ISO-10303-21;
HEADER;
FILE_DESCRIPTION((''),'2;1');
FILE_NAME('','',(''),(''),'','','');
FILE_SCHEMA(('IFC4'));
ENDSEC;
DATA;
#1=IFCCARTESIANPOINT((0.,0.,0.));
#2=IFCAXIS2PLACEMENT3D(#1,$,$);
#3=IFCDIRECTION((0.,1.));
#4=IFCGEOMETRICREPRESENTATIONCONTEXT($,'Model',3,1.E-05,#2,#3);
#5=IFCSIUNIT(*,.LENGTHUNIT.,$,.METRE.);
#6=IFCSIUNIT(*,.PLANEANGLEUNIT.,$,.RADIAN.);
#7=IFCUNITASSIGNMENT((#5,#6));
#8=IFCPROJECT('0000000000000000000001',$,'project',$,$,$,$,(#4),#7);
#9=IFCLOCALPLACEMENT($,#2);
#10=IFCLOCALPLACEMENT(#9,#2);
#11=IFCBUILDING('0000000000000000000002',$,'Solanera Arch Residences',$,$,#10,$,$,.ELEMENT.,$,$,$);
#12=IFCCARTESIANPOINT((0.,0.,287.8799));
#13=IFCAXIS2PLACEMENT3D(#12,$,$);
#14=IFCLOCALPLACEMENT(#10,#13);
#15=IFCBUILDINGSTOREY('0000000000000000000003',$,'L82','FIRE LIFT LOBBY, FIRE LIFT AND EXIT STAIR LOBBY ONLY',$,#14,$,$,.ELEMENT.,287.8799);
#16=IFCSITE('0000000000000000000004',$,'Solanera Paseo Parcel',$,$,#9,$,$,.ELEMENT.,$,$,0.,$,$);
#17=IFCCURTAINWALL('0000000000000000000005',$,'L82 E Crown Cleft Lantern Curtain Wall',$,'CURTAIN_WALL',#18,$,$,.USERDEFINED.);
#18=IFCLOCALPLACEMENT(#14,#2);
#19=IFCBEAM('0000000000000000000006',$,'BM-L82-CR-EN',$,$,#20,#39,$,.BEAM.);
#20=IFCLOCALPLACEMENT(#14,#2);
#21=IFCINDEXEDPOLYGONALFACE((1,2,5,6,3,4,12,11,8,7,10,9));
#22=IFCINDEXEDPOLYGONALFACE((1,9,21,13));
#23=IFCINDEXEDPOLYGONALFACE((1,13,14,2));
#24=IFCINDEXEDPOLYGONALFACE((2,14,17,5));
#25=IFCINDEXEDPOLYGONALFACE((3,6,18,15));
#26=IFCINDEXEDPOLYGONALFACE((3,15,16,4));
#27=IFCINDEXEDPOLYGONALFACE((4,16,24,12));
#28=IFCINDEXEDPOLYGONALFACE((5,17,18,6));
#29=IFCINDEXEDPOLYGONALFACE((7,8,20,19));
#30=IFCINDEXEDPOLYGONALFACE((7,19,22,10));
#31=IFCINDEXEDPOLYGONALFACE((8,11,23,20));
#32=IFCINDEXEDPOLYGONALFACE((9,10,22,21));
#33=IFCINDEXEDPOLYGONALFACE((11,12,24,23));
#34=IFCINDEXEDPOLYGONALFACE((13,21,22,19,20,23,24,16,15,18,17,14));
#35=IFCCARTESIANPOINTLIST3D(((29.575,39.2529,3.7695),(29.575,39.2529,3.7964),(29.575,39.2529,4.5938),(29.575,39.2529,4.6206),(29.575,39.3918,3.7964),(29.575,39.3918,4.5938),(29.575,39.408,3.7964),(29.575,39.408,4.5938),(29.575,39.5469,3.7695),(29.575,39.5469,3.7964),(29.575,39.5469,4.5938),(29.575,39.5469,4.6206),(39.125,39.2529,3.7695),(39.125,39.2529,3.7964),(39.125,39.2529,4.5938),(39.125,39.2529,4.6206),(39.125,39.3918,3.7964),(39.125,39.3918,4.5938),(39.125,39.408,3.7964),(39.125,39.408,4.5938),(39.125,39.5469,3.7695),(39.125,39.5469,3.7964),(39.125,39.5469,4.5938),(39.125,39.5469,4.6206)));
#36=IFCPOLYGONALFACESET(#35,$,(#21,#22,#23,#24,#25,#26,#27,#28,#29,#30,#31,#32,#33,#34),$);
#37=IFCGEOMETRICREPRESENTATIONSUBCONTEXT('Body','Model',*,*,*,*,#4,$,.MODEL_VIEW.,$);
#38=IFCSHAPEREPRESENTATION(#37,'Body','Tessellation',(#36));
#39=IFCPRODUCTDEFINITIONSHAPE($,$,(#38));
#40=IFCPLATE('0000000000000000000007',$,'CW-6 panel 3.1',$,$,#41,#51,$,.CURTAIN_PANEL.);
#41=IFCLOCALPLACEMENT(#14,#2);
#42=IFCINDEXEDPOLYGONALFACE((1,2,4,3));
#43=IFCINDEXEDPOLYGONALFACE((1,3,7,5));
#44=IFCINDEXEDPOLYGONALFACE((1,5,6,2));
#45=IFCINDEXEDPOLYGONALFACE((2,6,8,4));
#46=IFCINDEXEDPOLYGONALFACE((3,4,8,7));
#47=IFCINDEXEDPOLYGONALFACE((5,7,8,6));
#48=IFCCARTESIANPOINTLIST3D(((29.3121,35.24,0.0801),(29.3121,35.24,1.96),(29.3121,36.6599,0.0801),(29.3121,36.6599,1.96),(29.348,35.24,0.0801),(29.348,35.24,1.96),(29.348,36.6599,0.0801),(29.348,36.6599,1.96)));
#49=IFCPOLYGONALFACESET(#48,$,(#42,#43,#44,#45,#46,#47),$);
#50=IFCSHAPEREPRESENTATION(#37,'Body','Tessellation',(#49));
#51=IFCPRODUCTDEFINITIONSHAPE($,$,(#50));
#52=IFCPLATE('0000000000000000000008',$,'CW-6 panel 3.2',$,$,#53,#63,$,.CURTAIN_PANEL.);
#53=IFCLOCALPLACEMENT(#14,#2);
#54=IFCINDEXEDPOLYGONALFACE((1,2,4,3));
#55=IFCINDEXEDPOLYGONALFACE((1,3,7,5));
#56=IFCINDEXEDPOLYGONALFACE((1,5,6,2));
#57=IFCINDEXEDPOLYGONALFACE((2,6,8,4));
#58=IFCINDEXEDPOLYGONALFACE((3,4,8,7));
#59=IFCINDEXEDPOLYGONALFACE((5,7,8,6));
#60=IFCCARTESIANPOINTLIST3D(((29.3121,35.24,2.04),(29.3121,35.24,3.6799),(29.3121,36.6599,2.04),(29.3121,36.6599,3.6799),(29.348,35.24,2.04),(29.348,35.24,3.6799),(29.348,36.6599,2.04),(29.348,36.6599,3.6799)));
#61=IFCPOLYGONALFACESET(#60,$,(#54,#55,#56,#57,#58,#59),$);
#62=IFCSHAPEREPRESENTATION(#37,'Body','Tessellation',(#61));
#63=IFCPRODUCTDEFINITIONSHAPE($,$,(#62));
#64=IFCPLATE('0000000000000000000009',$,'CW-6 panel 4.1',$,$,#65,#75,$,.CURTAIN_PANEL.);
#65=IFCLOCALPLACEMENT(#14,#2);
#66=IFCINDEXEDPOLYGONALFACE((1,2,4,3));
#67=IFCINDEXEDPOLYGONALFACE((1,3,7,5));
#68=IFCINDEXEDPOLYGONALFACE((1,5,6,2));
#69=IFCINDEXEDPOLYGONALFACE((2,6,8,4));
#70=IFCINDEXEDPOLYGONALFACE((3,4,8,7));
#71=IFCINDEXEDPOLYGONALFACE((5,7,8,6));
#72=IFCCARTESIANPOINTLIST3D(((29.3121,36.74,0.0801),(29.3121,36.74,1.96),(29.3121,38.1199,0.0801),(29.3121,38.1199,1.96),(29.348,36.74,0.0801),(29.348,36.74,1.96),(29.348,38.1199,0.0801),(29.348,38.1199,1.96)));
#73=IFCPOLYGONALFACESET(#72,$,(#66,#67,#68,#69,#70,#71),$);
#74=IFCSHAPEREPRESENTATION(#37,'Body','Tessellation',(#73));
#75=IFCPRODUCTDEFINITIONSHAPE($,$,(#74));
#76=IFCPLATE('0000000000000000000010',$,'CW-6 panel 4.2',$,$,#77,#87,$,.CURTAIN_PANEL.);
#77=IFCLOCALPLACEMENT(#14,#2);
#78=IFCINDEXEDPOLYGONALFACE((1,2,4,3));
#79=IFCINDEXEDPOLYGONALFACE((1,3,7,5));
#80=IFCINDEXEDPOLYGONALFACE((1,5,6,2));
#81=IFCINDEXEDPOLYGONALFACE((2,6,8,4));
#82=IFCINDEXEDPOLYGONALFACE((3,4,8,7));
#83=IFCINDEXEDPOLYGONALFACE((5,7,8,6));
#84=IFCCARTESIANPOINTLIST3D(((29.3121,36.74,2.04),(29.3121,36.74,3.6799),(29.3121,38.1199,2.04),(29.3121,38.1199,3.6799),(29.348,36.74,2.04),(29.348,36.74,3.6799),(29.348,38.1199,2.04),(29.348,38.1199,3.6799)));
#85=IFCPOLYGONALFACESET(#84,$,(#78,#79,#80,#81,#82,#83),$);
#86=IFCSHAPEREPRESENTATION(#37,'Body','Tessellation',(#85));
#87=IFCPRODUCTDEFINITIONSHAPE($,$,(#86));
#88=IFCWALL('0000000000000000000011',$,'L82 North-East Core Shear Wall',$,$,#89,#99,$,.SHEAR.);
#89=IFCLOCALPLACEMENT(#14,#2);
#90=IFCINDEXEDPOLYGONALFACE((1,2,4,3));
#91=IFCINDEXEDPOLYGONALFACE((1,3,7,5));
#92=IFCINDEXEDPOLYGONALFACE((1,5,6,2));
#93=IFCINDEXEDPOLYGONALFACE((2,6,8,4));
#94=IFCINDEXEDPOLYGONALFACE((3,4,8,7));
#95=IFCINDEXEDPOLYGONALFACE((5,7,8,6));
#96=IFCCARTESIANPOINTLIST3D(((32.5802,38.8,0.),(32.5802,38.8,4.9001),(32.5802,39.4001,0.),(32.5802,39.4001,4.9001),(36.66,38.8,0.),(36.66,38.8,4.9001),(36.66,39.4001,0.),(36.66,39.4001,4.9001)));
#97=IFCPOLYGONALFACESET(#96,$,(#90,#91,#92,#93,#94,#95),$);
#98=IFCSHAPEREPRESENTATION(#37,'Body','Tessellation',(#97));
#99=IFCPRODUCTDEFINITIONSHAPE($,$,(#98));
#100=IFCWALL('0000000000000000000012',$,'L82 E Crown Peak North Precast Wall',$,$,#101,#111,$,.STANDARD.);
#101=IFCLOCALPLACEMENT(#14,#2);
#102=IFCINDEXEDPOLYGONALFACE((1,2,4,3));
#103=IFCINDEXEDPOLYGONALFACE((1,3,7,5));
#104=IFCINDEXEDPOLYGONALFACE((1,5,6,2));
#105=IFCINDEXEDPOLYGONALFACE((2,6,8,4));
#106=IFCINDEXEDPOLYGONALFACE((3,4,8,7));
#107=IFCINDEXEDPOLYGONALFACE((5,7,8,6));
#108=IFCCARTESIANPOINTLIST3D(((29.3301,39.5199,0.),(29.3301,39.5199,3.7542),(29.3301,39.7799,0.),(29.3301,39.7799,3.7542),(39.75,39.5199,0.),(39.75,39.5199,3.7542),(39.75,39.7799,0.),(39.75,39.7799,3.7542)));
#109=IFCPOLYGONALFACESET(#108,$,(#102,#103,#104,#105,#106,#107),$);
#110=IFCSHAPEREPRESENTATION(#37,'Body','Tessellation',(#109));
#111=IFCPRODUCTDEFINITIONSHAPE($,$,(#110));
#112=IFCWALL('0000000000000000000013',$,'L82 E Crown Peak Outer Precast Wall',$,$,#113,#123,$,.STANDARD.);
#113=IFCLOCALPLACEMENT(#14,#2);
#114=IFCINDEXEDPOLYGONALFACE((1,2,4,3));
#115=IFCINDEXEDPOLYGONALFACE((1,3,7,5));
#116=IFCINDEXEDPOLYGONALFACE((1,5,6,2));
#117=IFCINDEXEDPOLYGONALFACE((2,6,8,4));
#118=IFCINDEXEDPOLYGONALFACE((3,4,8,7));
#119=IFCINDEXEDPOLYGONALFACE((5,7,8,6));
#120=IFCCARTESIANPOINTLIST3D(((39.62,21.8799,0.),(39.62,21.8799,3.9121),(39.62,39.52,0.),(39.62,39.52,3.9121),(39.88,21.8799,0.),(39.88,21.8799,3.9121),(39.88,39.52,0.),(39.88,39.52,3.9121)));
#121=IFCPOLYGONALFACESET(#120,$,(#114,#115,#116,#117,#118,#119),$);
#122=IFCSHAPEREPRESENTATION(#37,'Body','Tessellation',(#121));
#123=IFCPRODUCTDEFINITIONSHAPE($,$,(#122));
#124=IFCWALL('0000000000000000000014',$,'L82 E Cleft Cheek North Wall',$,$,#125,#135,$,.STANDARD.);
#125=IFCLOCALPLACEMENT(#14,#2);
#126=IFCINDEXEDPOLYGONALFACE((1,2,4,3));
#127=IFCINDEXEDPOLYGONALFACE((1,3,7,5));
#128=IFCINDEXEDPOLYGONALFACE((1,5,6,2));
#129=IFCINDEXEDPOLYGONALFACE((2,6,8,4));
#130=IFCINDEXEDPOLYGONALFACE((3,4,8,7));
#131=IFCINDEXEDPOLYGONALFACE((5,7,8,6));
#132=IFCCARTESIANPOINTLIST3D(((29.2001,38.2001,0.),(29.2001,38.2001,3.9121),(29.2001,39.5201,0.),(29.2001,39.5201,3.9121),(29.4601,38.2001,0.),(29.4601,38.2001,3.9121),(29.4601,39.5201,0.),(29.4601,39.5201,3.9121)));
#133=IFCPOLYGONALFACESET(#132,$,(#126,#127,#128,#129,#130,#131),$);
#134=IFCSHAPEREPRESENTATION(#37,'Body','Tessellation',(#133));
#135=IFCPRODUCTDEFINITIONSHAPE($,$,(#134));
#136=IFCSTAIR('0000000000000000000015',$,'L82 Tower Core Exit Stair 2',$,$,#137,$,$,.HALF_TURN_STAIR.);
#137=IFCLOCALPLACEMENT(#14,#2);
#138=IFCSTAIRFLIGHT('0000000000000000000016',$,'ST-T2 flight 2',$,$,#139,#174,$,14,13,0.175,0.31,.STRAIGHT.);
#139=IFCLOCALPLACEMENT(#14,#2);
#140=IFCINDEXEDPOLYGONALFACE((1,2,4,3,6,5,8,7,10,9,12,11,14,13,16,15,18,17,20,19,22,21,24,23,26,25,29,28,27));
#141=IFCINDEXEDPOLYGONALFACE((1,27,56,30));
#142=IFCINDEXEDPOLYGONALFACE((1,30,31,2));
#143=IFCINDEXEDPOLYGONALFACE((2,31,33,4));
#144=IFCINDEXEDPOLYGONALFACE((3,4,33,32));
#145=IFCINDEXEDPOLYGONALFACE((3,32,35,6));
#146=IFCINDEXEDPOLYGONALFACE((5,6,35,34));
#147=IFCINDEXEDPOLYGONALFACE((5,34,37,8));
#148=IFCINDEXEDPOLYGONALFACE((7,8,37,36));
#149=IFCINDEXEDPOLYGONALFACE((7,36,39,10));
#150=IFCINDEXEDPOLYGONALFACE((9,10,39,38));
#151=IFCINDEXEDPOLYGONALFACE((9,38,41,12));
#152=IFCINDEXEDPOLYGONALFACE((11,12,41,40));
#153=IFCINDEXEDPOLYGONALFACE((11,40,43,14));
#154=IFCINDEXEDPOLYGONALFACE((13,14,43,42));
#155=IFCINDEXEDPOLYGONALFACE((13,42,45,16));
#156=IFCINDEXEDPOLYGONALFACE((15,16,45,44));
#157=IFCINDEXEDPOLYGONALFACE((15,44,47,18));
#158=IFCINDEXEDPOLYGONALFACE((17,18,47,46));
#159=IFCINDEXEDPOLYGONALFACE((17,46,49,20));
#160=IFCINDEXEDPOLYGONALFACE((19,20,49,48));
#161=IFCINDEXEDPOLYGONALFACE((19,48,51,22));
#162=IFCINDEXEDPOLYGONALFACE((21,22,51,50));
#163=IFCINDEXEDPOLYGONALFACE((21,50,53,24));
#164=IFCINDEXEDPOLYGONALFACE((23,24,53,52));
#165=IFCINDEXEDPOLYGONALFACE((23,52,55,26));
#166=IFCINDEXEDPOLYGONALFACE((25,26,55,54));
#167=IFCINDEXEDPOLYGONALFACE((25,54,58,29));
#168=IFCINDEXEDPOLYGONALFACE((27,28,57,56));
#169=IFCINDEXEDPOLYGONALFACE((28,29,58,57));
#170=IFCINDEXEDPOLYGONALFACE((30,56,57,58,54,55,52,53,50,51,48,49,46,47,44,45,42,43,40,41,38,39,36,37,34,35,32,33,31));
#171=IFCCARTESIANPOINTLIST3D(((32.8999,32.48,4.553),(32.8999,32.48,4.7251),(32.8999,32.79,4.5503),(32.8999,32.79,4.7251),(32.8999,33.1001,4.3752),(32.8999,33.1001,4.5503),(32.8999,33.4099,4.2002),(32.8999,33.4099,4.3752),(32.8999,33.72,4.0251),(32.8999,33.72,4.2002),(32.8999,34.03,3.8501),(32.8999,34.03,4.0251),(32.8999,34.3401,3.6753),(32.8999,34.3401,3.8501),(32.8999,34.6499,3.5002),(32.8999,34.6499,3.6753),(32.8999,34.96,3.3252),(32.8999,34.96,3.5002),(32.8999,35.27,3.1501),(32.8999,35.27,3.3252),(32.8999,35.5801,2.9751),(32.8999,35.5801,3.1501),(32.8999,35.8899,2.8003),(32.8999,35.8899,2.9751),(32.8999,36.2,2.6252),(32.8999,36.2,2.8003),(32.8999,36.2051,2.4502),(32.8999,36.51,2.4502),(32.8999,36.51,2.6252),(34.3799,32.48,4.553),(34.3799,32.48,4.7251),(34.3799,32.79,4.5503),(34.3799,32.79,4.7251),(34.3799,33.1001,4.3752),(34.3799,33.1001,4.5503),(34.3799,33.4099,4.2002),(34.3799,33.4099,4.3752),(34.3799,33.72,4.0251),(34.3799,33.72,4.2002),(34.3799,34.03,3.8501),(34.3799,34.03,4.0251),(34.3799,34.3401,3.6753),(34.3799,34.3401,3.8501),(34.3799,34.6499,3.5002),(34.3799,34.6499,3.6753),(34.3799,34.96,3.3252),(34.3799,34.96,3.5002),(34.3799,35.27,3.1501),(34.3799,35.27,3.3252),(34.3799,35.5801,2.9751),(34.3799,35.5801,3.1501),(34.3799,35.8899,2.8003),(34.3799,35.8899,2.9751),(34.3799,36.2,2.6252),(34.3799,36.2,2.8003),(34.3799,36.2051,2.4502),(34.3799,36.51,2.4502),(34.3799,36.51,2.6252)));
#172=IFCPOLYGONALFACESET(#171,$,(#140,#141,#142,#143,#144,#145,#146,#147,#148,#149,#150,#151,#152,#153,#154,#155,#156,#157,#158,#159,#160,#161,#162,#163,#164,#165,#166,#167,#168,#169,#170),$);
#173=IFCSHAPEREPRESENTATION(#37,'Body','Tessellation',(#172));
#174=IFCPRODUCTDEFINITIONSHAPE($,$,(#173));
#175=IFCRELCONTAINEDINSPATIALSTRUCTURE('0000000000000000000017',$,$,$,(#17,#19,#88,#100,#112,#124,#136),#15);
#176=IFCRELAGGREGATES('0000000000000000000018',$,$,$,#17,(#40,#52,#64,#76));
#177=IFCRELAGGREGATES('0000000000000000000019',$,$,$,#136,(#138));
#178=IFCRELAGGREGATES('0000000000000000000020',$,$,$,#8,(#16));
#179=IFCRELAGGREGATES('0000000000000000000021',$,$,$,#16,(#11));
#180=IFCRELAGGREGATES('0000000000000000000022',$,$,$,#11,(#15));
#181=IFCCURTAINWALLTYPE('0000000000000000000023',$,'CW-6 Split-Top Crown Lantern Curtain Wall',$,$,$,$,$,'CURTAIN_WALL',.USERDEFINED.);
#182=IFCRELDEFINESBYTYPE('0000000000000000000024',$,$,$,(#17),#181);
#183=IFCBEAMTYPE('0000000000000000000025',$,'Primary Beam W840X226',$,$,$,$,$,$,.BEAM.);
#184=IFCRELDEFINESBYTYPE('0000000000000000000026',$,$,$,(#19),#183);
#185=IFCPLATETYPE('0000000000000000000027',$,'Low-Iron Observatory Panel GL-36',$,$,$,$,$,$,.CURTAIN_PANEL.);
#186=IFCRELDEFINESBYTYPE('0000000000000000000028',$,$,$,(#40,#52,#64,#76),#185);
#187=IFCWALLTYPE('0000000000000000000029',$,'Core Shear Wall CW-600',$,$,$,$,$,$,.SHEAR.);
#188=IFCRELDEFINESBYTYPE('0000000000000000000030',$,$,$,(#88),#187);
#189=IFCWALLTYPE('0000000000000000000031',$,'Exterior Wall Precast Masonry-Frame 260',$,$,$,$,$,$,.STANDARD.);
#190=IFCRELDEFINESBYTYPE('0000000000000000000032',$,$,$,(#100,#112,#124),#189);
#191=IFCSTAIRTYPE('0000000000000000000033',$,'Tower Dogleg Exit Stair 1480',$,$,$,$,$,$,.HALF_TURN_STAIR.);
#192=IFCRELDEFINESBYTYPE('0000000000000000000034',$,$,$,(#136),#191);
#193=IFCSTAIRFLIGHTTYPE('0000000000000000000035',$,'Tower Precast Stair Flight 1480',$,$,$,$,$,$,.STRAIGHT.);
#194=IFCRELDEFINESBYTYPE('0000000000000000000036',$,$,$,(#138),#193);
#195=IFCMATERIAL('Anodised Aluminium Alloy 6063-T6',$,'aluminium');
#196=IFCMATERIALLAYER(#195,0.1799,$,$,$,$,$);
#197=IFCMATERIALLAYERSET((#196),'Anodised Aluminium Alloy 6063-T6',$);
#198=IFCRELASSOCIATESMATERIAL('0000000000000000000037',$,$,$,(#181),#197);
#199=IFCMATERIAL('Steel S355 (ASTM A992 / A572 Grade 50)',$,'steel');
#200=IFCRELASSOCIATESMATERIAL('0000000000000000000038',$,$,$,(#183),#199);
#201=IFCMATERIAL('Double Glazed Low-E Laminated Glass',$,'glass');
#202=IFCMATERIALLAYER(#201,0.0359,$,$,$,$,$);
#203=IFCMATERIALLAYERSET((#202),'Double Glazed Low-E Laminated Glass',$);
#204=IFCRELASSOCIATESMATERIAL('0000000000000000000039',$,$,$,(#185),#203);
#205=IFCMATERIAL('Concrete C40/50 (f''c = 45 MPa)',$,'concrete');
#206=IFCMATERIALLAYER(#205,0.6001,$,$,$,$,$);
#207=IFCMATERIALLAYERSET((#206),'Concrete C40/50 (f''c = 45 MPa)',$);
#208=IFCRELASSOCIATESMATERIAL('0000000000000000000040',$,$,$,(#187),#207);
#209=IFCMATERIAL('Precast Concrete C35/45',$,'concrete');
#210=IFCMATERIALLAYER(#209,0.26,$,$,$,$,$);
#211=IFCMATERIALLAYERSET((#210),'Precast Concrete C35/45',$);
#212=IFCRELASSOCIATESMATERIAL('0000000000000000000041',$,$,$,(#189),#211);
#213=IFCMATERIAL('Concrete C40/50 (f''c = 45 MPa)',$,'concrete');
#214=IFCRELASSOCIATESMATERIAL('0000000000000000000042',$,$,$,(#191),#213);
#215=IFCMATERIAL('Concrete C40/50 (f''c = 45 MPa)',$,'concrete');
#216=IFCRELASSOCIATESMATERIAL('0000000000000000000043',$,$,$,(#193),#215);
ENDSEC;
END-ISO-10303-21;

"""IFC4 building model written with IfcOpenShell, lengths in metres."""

from ifc_helpers import new_model, si_unit, direction, frame, frame_2d, origin, origin_2d, place, context, subcontext, project, spatial, polyline, rectangle, i_section, outline, extrude, material, layer, layer_set, material_profile, profile_set, type_object, element, aggregate, save


model = new_model("IFC4")

# Units and contexts
model_context = context("Model", 3, precision=1e-05, world=origin(), true_north=direction((0.0, 1.0)))
body_context = subcontext(model_context, "Body", "Model", "MODEL_VIEW")
ifc_project = project(units=[si_unit("LENGTHUNIT", "METRE"), si_unit("PLANEANGLEUNIT", "RADIAN")], contexts=[model_context])

# Site, building, storey
site_placement = place(None, origin())
site = spatial("IfcSite", under=ifc_project, at=site_placement, Name="Solanera Paseo Parcel", CompositionType="ELEMENT", RefElevation=0.0)
building_placement = place(site_placement, origin())
building = spatial("IfcBuilding", under=site, at=building_placement, Name="Solanera Arch Residences", CompositionType="ELEMENT")
storey_placement = place(building_placement, frame((0.0, 0.0, 287.8799)))
storey = spatial("IfcBuildingStorey", under=building, at=storey_placement, Name="L82", Description="FIRE LIFT LOBBY, FIRE LIFT AND EXIT STAIR LOBBY ONLY", CompositionType="ELEMENT", Elevation=287.8799)

# Curtain wall
ifc_material_1 = material(Name="Anodised Aluminium Alloy 6063-T6", Category="aluminium")
ifc_layer_1 = layer(ifc_material_1, 0.1799)
ifc_layer_set_1 = layer_set([ifc_layer_1], Name="Anodised Aluminium Alloy 6063-T6")
curtain_wall_type = type_object("IfcCurtainWallType", Name="CW-6 Split-Top Crown Lantern Curtain Wall", ElementType="CURTAIN_WALL", PredefinedType="USERDEFINED", material=ifc_layer_set_1)
curtain_wall_placement = place(storey_placement, origin())
curtain_wall = element("IfcCurtainWall", 1, at=curtain_wall_placement, inside=storey, type_object=curtain_wall_type, Name="L82 E Crown Cleft Lantern Curtain Wall", ObjectType="CURTAIN_WALL", PredefinedType="USERDEFINED")

# Beam
ifc_material_2 = material(Name="Steel S355 (ASTM A992 / A572 Grade 50)", Category="steel")
ifc_material_profile_1 = material_profile(ifc_material_2, i_section(OverallWidth=0.2939, OverallDepth=0.8511, WebThickness=0.0161, FlangeThickness=0.0269, at=origin_2d()))
ifc_profile_set_1 = profile_set([ifc_material_profile_1], Name="Steel S355 (ASTM A992 / A572 Grade 50)")
beam_type = type_object("IfcBeamType", Name="Primary Beam W840X226", PredefinedType="BEAM", material=ifc_profile_set_1)
beam_placement = place(storey_placement, frame((29.575, 39.3999, 4.1951), z_axis=(1.0, 0.0, 0.0), x_axis=(0.0, 1.0, 0.0)))
element("IfcBeam", 2, at=beam_placement, inside=storey, type_object=beam_type, Name="BM-L82-CR-EN", PredefinedType="BEAM", context=body_context, shape_type="SweptSolid", body=[
    extrude(i_section(OverallWidth=0.2939, OverallDepth=0.8511, WebThickness=0.0161, FlangeThickness=0.0269, at=origin_2d()), origin(), (0.0, 0.0, 1.0), 9.55),
])

# Plates
ifc_material_3 = material(Name="Double Glazed Low-E Laminated Glass", Category="glass")
ifc_layer_2 = layer(ifc_material_3, 0.0359)
ifc_layer_set_2 = layer_set([ifc_layer_2], Name="Double Glazed Low-E Laminated Glass")
plate_type = type_object("IfcPlateType", Name="Low-Iron Observatory Panel GL-36", PredefinedType="CURTAIN_PANEL", material=ifc_layer_set_2)
plate_1_placement = place(storey_placement, frame((29.3301, 35.95, 0.0801), z_axis=(0.0, 0.0, 1.0), x_axis=(0.0, 1.0, 0.0)))
plate_1 = element("IfcPlate", 3, at=plate_1_placement, type_object=plate_type, Name="CW-6 panel 3.1", PredefinedType="CURTAIN_PANEL", context=body_context, shape_type="SweptSolid", body=[
    extrude(rectangle(XDim=1.4199, YDim=0.0359, at=origin_2d()), origin(), (0.0, 0.0, 1.0), 1.8799),
])
plate_2_placement = place(storey_placement, frame((29.3301, 35.95, 2.04), z_axis=(0.0, 0.0, 1.0), x_axis=(0.0, 1.0, 0.0)))
plate_2 = element("IfcPlate", 4, at=plate_2_placement, type_object=plate_type, Name="CW-6 panel 3.2", PredefinedType="CURTAIN_PANEL", context=body_context, shape_type="SweptSolid", body=[
    extrude(rectangle(XDim=1.4199, YDim=0.0359, at=origin_2d()), origin(), (0.0, 0.0, 1.0), 1.6399),
])
plate_3_placement = place(storey_placement, frame((29.3301, 37.4299, 0.0801), z_axis=(0.0, 0.0, 1.0), x_axis=(0.0, 1.0, 0.0)))
plate_3 = element("IfcPlate", 5, at=plate_3_placement, type_object=plate_type, Name="CW-6 panel 4.1", PredefinedType="CURTAIN_PANEL", context=body_context, shape_type="SweptSolid", body=[
    extrude(rectangle(XDim=1.3799, YDim=0.0359, at=origin_2d()), origin(), (0.0, 0.0, 1.0), 1.8799),
])
plate_4_placement = place(storey_placement, frame((29.3301, 37.4299, 2.04), z_axis=(0.0, 0.0, 1.0), x_axis=(0.0, 1.0, 0.0)))
plate_4 = element("IfcPlate", 6, at=plate_4_placement, type_object=plate_type, Name="CW-6 panel 4.2", PredefinedType="CURTAIN_PANEL", context=body_context, shape_type="SweptSolid", body=[
    extrude(rectangle(XDim=1.3799, YDim=0.0359, at=origin_2d()), origin(), (0.0, 0.0, 1.0), 1.6399),
])
aggregate(curtain_wall, [plate_1, plate_2, plate_3, plate_4])

# Walls
ifc_material_4 = material(Name="Concrete C40/50 (f'c = 45 MPa)", Category="concrete")
ifc_layer_3 = layer(ifc_material_4, 0.6001)
ifc_layer_set_3 = layer_set([ifc_layer_3], Name="Concrete C40/50 (f'c = 45 MPa)")
wall_type_1 = type_object("IfcWallType", Name="Core Shear Wall CW-600", PredefinedType="SHEAR", material=ifc_layer_set_3)
wall_1_placement = place(storey_placement, frame((32.5801, 39.1001, 0.0), z_axis=(0.0, 0.0, 1.0), x_axis=(1.0, 0.0, 0.0)))
element("IfcWall", 7, at=wall_1_placement, inside=storey, type_object=wall_type_1, Name="L82 North-East Core Shear Wall", PredefinedType="SHEAR", context=body_context, shape_type="SweptSolid", body=[
    extrude(rectangle(XDim=4.0798, YDim=0.6001, at=frame_2d((2.04, 0.0))), origin(), (0.0, 0.0, 1.0), 4.9001),
])
ifc_material_5 = material(Name="Precast Concrete C35/45", Category="concrete")
ifc_layer_4 = layer(ifc_material_5, 0.26)
ifc_layer_set_4 = layer_set([ifc_layer_4], Name="Precast Concrete C35/45")
wall_type_2 = type_object("IfcWallType", Name="Exterior Wall Precast Masonry-Frame 260", PredefinedType="STANDARD", material=ifc_layer_set_4)
wall_2_placement = place(storey_placement, frame((29.3301, 39.6499, 0.0), z_axis=(0.0, 0.0, 1.0), x_axis=(1.0, 0.0, 0.0)))
element("IfcWall", 8, at=wall_2_placement, inside=storey, type_object=wall_type_2, Name="L82 E Crown Peak North Precast Wall", PredefinedType="STANDARD", context=body_context, shape_type="SweptSolid", body=[
    extrude(rectangle(XDim=10.4199, YDim=0.26, at=frame_2d((5.21, 0.0))), origin(), (0.0, 0.0, 1.0), 3.7542),
])
wall_3_placement = place(storey_placement, frame((39.75, 39.52, 0.0), z_axis=(0.0, 0.0, 1.0), x_axis=(0.0, -1.0, 0.0)))
element("IfcWall", 9, at=wall_3_placement, inside=storey, type_object=wall_type_2, Name="L82 E Crown Peak Outer Precast Wall", PredefinedType="STANDARD", context=body_context, shape_type="SweptSolid", body=[
    extrude(rectangle(XDim=17.6401, YDim=0.26, at=frame_2d((8.8201, 0.0))), origin(), (0.0, 0.0, 1.0), 3.9121),
])
wall_4_placement = place(storey_placement, frame((29.3301, 38.2, 0.0), z_axis=(0.0, 0.0, 1.0), x_axis=(0.0, 1.0, 0.0)))
element("IfcWall", 10, at=wall_4_placement, inside=storey, type_object=wall_type_2, Name="L82 E Cleft Cheek North Wall", PredefinedType="STANDARD", context=body_context, shape_type="SweptSolid", body=[
    extrude(rectangle(XDim=1.3201, YDim=0.26, at=frame_2d((0.6602, 0.0))), origin(), (0.0, 0.0, 1.0), 3.9121),
])

# Stair, stair flight
ifc_material_6 = material(Name="Concrete C40/50 (f'c = 45 MPa)", Category="concrete")
stair_type = type_object("IfcStairType", Name="Tower Dogleg Exit Stair 1480", PredefinedType="HALF_TURN_STAIR", material=ifc_material_6)
stair_placement = place(storey_placement, origin())
stair = element("IfcStair", 11, at=stair_placement, inside=storey, type_object=stair_type, Name="L82 Tower Core Exit Stair 2", PredefinedType="HALF_TURN_STAIR")
ifc_material_7 = material(Name="Concrete C40/50 (f'c = 45 MPa)", Category="concrete")
stair_flight_type = type_object("IfcStairFlightType", Name="Tower Precast Stair Flight 1480", PredefinedType="STRAIGHT", material=ifc_material_7)
stair_flight_placement = place(storey_placement, frame((33.6399, 36.51, 2.4502), z_axis=(0.0, 0.0, 1.0), x_axis=(0.0, -1.0, 0.0)))
stair_flight = element("IfcStairFlight", 12, at=stair_flight_placement, type_object=stair_flight_type, Name="ST-T2 flight 2", NumberOfRisers=14, NumberOfTreads=13, PredefinedType="STRAIGHT", RiserHeight=0.175, TreadLength=0.31, context=body_context, shape_type="SweptSolid", body=[
    extrude(outline(polyline([(0.0, 0.0), (0.0, 0.175), (0.3101, 0.175), (0.3101, 0.3501), (0.6201, 0.3501), (0.6201, 0.5249), (0.9299, 0.5249), (0.9299, 0.7), (1.24, 0.7), (1.24, 0.875), (1.55, 0.875), (1.55, 1.05), (1.8601, 1.05), (1.8601, 1.2251), (2.1699, 1.2251), (2.1699, 1.3999), (2.48, 1.3999), (2.48, 1.575), (2.79, 1.575), (2.79, 1.75), (3.1001, 1.75), (3.1001, 1.925), (3.4099, 1.925), (3.4099, 2.1001), (3.72, 2.1001), (3.72, 2.2749), (4.03, 2.2749), (4.03, 2.45), (4.03, 2.1028), (0.3049, 0.0), (0.0, 0.0)])), frame((0.0, 0.74, 0.0), z_axis=(0.0, -1.0, 0.0), x_axis=(1.0, 0.0, 0.0)), (0.0, 0.0, 1.0), 1.48),
])
aggregate(stair, [stair_flight])

save(model, "model.ifc")
